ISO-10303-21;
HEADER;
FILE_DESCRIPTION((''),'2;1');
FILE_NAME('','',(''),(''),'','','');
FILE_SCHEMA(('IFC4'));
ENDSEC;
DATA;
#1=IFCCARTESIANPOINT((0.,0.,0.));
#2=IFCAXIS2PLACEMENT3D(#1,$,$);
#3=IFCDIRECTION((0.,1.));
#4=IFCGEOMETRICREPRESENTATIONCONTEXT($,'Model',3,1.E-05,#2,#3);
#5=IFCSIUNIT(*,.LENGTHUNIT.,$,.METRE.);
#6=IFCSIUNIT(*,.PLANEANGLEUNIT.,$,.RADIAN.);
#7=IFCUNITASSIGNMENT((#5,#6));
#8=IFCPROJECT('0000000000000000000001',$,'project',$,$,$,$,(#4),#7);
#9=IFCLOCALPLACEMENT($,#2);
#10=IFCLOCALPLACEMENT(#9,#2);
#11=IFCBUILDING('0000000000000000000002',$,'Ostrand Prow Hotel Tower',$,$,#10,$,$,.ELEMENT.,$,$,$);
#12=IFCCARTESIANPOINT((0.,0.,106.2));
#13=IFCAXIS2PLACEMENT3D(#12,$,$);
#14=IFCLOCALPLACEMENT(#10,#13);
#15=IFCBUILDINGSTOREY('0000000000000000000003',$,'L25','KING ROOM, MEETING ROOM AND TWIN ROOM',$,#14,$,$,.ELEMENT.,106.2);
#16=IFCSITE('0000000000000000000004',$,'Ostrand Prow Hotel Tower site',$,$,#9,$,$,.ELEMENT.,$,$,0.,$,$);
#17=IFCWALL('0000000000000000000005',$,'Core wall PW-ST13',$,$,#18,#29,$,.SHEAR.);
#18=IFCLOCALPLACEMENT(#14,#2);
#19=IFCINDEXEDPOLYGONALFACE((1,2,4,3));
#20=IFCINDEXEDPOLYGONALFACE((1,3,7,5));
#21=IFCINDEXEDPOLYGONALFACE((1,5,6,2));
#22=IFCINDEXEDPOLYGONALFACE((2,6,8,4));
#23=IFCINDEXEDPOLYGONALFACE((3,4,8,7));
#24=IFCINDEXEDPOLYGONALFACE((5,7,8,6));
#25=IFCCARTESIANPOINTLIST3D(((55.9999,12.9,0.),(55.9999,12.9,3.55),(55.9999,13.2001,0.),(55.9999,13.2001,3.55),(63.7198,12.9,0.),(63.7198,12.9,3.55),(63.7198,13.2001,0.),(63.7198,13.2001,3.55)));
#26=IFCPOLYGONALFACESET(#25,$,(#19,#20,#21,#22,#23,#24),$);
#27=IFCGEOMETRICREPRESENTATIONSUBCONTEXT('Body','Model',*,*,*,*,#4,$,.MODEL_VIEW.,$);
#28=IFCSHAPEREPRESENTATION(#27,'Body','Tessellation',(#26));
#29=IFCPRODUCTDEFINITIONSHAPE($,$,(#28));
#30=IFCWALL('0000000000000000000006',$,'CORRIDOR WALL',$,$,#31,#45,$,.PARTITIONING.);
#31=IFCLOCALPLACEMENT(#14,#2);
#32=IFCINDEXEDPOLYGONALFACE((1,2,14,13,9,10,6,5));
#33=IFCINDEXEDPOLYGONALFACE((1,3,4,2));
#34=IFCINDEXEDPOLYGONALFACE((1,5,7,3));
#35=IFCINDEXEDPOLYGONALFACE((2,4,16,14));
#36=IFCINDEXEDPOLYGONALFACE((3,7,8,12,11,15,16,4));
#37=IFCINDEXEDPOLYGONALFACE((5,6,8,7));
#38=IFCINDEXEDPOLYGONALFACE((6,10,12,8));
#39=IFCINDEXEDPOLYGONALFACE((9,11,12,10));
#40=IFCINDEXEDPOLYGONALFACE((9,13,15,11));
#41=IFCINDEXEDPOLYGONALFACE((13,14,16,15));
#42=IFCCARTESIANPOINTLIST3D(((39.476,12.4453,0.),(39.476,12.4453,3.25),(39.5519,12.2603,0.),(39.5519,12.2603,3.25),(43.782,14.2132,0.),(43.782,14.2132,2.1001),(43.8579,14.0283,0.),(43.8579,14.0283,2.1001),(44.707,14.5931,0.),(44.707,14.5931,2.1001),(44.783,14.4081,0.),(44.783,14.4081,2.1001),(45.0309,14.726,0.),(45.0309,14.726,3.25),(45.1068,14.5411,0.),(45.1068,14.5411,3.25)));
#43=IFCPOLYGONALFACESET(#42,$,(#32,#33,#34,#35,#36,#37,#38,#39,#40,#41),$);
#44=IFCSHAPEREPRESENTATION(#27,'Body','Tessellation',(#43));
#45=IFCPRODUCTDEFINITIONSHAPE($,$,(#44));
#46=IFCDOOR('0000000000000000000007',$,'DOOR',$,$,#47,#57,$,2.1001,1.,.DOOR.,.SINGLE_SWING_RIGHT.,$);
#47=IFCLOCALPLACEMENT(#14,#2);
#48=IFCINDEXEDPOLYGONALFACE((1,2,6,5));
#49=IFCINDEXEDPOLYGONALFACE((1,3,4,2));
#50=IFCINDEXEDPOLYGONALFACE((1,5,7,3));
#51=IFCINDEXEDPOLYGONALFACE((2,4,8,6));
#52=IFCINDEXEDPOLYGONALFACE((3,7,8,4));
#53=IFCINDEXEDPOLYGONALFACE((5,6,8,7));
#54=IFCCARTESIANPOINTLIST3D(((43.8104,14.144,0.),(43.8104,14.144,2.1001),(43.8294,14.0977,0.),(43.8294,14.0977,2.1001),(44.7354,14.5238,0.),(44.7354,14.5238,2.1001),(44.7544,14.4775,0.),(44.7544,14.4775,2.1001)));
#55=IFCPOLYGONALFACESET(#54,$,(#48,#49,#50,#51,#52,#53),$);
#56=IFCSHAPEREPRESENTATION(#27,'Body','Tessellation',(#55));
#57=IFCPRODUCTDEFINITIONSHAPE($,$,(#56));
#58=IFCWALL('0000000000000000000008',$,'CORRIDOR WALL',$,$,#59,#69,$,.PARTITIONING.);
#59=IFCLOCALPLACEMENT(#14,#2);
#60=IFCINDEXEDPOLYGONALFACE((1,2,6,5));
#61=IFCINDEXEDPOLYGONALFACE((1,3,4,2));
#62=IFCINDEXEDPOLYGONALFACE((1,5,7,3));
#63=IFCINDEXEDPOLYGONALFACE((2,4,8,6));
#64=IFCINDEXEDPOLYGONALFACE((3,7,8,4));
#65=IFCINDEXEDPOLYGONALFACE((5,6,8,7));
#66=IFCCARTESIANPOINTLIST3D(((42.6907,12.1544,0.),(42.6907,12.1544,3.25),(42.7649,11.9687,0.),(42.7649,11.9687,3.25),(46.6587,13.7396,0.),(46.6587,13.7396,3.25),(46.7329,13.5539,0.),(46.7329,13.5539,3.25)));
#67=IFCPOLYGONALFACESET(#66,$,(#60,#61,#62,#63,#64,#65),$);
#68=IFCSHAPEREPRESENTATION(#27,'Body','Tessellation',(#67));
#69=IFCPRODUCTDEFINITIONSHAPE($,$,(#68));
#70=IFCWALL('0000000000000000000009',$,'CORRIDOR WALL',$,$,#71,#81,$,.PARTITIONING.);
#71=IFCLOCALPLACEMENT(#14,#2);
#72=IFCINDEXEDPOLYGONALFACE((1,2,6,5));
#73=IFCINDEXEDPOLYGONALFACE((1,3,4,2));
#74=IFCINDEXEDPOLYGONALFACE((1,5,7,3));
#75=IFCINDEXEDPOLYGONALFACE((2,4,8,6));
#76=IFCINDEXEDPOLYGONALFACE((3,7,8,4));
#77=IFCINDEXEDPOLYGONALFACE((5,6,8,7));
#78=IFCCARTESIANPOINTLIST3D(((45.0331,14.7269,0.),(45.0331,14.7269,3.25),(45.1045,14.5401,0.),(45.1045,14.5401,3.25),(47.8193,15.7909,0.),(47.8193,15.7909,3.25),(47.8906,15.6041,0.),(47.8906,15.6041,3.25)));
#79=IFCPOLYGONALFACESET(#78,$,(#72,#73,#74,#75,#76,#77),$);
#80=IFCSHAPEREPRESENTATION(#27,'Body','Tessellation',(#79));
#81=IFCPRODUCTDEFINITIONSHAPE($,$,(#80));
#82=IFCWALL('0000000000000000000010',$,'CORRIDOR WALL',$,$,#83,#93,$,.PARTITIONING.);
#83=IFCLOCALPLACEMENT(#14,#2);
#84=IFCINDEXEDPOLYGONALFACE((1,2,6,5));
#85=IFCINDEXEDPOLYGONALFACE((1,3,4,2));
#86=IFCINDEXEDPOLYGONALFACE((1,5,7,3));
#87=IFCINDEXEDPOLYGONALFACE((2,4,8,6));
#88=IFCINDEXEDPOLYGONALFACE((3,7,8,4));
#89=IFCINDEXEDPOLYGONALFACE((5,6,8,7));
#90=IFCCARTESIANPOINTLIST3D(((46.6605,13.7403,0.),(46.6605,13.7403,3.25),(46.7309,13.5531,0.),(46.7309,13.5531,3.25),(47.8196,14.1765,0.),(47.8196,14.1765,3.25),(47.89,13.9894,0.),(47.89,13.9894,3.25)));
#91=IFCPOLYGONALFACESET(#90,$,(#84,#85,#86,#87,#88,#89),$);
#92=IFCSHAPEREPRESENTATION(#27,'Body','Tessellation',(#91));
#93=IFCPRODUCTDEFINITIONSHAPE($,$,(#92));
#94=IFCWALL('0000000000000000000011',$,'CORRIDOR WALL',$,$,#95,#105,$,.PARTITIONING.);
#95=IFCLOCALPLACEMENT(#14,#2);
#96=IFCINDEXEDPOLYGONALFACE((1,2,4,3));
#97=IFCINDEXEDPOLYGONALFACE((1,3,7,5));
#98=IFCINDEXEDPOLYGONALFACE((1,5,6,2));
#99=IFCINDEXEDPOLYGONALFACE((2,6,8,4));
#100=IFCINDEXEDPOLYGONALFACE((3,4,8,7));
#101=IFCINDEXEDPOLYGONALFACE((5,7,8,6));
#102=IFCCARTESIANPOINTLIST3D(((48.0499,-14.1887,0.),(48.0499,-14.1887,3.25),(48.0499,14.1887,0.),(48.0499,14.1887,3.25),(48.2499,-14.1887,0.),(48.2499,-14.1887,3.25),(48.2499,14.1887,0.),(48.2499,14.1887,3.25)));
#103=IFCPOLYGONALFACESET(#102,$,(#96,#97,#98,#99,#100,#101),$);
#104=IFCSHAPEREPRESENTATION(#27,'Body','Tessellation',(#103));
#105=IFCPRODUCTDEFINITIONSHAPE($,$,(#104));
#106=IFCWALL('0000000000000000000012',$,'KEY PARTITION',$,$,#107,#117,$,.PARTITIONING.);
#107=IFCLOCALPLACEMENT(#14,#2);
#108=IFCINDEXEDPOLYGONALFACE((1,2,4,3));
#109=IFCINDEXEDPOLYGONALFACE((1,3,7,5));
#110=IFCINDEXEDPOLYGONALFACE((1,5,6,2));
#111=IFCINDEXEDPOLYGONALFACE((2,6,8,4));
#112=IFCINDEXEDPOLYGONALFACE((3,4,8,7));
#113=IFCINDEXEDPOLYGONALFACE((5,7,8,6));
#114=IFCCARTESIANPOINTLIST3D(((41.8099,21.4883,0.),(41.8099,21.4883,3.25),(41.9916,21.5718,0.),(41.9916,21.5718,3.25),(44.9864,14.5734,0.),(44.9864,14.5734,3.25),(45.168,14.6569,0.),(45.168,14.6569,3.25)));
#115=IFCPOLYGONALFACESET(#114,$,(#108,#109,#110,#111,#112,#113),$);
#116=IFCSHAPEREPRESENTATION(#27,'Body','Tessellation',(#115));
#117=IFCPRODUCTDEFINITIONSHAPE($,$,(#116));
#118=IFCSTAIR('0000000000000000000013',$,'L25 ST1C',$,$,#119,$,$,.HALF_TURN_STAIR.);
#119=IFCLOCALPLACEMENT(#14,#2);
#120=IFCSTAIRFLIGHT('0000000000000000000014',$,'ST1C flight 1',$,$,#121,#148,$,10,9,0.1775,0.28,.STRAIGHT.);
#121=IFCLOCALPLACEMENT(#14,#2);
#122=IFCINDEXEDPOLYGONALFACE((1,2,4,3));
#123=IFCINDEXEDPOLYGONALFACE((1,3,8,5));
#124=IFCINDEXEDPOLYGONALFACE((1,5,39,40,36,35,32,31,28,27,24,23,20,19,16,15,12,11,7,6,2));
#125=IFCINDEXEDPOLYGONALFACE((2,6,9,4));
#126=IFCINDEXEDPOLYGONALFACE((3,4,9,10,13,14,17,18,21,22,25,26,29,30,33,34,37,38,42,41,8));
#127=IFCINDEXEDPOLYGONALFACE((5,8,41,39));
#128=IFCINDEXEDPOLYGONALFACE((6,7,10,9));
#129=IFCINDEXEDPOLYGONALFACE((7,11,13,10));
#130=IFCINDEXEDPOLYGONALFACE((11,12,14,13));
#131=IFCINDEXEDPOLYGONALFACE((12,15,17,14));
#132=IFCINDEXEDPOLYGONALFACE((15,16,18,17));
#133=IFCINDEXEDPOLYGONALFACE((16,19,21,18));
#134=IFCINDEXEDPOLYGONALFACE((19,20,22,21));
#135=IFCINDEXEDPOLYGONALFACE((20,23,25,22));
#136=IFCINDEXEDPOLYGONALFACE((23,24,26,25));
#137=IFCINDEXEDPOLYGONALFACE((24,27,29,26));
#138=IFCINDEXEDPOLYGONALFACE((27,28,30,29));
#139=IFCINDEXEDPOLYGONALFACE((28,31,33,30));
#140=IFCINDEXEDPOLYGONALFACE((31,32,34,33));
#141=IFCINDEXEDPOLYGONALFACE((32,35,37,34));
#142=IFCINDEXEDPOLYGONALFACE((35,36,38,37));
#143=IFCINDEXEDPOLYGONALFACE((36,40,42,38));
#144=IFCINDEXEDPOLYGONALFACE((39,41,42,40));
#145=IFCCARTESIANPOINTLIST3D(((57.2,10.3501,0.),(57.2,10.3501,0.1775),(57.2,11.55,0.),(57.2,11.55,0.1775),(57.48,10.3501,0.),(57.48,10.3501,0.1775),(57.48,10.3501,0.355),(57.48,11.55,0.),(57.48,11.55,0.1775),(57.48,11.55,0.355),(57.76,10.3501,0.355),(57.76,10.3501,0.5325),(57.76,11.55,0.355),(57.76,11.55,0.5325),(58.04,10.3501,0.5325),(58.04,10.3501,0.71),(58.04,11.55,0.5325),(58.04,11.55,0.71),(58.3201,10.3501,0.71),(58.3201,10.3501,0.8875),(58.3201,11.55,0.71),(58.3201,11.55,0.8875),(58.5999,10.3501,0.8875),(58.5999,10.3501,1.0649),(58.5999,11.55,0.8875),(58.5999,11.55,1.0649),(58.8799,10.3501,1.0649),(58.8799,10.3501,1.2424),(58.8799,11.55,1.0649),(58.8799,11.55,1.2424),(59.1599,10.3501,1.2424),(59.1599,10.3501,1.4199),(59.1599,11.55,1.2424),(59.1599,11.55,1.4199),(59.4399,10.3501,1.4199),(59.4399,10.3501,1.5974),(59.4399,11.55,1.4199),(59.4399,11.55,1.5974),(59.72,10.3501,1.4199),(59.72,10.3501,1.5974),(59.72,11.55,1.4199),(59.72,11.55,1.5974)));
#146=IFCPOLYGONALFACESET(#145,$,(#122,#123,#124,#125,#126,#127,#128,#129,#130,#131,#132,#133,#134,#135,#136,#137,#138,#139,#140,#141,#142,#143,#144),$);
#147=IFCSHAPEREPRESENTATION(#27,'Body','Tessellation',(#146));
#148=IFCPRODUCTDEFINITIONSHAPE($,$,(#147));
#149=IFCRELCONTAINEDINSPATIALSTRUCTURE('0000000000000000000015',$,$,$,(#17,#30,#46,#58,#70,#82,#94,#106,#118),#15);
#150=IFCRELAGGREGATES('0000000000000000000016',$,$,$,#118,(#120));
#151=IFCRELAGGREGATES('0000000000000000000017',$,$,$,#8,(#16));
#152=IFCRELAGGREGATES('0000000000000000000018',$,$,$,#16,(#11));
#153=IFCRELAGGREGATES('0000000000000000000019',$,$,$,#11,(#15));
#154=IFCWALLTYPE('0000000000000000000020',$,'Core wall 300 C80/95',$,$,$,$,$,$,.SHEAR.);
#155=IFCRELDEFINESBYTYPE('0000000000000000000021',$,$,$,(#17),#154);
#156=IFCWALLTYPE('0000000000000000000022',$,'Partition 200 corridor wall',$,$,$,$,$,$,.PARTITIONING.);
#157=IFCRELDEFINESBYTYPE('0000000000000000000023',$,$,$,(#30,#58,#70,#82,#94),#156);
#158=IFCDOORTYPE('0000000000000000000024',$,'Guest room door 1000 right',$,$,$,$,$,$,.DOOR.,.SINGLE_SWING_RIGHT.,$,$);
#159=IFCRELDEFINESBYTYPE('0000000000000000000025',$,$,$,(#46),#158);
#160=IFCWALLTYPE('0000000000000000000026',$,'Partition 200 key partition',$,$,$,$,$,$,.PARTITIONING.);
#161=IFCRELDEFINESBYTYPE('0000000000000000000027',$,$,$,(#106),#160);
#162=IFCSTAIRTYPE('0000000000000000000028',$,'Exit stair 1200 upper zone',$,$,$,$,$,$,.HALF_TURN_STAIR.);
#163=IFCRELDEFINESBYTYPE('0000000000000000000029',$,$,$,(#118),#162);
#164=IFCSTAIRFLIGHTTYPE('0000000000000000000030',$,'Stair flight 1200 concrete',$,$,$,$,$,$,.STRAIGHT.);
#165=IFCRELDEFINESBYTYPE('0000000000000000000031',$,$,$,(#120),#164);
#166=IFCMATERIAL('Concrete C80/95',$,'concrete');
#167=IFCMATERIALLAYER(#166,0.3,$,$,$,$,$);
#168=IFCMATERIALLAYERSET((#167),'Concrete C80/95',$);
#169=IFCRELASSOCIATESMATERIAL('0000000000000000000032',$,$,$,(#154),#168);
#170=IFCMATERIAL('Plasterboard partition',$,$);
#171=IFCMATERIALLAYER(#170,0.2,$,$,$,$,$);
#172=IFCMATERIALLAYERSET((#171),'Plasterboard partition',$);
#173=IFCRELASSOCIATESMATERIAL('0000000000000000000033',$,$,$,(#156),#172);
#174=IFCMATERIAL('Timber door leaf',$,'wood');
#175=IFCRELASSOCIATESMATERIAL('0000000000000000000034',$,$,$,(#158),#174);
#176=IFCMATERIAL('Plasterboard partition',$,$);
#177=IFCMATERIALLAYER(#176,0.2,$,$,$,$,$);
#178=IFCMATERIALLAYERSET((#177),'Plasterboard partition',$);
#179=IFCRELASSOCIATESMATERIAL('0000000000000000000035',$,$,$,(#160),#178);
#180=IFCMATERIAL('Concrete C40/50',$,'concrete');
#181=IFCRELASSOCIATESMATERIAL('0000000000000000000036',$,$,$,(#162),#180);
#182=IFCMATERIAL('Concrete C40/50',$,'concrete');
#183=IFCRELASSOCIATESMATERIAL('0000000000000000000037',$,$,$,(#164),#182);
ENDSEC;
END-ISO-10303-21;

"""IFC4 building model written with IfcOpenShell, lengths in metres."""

from ifc_helpers import new_model, si_unit, direction, frame, frame_2d, origin, place, context, subcontext, project, spatial, polyline, rectangle, outline, extrude, material, layer, layer_set, type_object, element, fill, aggregate, save


model = new_model("IFC4")

# Units and contexts
model_context = context("Model", 3, precision=1e-05, world=origin(), true_north=direction((0.0, 1.0)))
body_context = subcontext(model_context, "Body", "Model", "MODEL_VIEW")
ifc_project = project(units=[si_unit("LENGTHUNIT", "METRE"), si_unit("PLANEANGLEUNIT", "RADIAN")], contexts=[model_context])

# Site, building, storey
site_placement = place(None, origin())
site = spatial("IfcSite", under=ifc_project, at=site_placement, Name="Ostrand Prow Hotel Tower site", CompositionType="ELEMENT", RefElevation=0.0)
building_placement = place(site_placement, origin())
building = spatial("IfcBuilding", under=site, at=building_placement, Name="Ostrand Prow Hotel Tower", CompositionType="ELEMENT")
storey_placement = place(building_placement, frame((0.0, 0.0, 106.2)))
storey = spatial("IfcBuildingStorey", under=building, at=storey_placement, Name="L25", Description="KING ROOM, MEETING ROOM AND TWIN ROOM", CompositionType="ELEMENT", Elevation=106.2)

# Wall
ifc_material_1 = material(Name="Concrete C80/95", Category="concrete")
ifc_layer_1 = layer(ifc_material_1, 0.3)
ifc_layer_set_1 = layer_set([ifc_layer_1], Name="Concrete C80/95")
wall_type_1 = type_object("IfcWallType", Name="Core wall 300 C80/95", PredefinedType="SHEAR", material=ifc_layer_set_1)
wall_1_placement = place(storey_placement, frame((56.0, 13.05, 0.0), z_axis=(0.0, 0.0, 1.0), x_axis=(1.0, 0.0, 0.0)))
element("IfcWall", 1, at=wall_1_placement, inside=storey, type_object=wall_type_1, Name="Core wall PW-ST13", PredefinedType="SHEAR", context=body_context, shape_type="SweptSolid", body=[
    extrude(rectangle(XDim=7.72, YDim=0.3, at=frame_2d((3.8599, 0.0))), origin(), (0.0, 0.0, 1.0), 3.55),
])

# Wall, opening, door
ifc_material_2 = material(Name="Plasterboard partition")
ifc_layer_2 = layer(ifc_material_2, 0.2)
ifc_layer_set_2 = layer_set([ifc_layer_2], Name="Plasterboard partition")
wall_type_2 = type_object("IfcWallType", Name="Partition 200 corridor wall", PredefinedType="PARTITIONING", material=ifc_layer_set_2)
wall_2_placement = place(storey_placement, frame((45.0688, 14.6335, 0.0), z_axis=(0.0, 0.0, 1.0), x_axis=(-0.925062, -0.379815, 0.0)))
wall_2 = element("IfcWall", 2, at=wall_2_placement, inside=storey, type_object=wall_type_2, Name="CORRIDOR WALL", PredefinedType="PARTITIONING", context=body_context, shape_type="SweptSolid", body=[
    extrude(rectangle(XDim=6.0049, YDim=0.2, at=frame_2d((3.0024, 0.0))), origin(), (0.0, 0.0, 1.0), 3.25),
])
opening_placement = place(wall_2_placement, frame((0.3501, 0.0, 0.0)))
opening = element("IfcOpeningElement", 3, at=opening_placement, cuts=wall_2, PredefinedType="OPENING", context=body_context, shape_type="SweptSolid", body=[
    extrude(rectangle(XDim=1.0, YDim=2.1001, at=frame_2d((0.5, 1.05))), frame((0.0, 0.1099, 0.0), z_axis=(0.0, -1.0, 0.0), x_axis=(1.0, 0.0, 0.0)), (0.0, 0.0, 1.0), 0.22),
])
ifc_material_3 = material(Name="Timber door leaf", Category="wood")
door_type = type_object("IfcDoorType", Name="Guest room door 1000 right", OperationType="SINGLE_SWING_RIGHT", PredefinedType="DOOR", material=ifc_material_3)
door_placement = place(opening_placement, origin())
door = element("IfcDoor", 4, at=door_placement, inside=storey, type_object=door_type, Name="DOOR", OperationType="SINGLE_SWING_RIGHT", OverallHeight=2.1001, OverallWidth=1.0, PredefinedType="DOOR", context=body_context, shape_type="SweptSolid", body=[
    extrude(rectangle(XDim=1.0, YDim=2.1001, at=frame_2d((0.5, 1.05))), frame((0.0, 0.0249, 0.0), z_axis=(0.0, -1.0, 0.0), x_axis=(1.0, 0.0, 0.0)), (0.0, 0.0, 1.0), 0.05),
])
fill(opening, door)

# Walls
wall_3_placement = place(storey_placement, frame((42.7278, 12.0615, 0.0), z_axis=(0.0, 0.0, 1.0), x_axis=(0.928638, 0.370987, 0.0)))
element("IfcWall", 5, at=wall_3_placement, inside=storey, type_object=wall_type_2, Name="CORRIDOR WALL", PredefinedType="PARTITIONING", context=body_context, shape_type="SweptSolid", body=[
    extrude(rectangle(XDim=4.2729, YDim=0.2, at=frame_2d((2.1365, 0.0))), origin(), (0.0, 0.0, 1.0), 3.25),
])
wall_4_placement = place(storey_placement, frame((47.855, 15.6975, 0.0), z_axis=(0.0, 0.0, 1.0), x_axis=(-0.9342, -0.356751, 0.0)))
element("IfcWall", 6, at=wall_4_placement, inside=storey, type_object=wall_type_2, Name="CORRIDOR WALL", PredefinedType="PARTITIONING", context=body_context, shape_type="SweptSolid", body=[
    extrude(rectangle(XDim=2.9824, YDim=0.2, at=frame_2d((1.4912, 0.0))), origin(), (0.0, 0.0, 1.0), 3.25),
])
wall_5_placement = place(storey_placement, frame((46.6958, 13.6467, 0.0), z_axis=(0.0, 0.0, 1.0), x_axis=(0.935907, 0.352246, 0.0)))
element("IfcWall", 7, at=wall_5_placement, inside=storey, type_object=wall_type_2, Name="CORRIDOR WALL", PredefinedType="PARTITIONING", context=body_context, shape_type="SweptSolid", body=[
    extrude(rectangle(XDim=1.2385, YDim=0.2, at=frame_2d((0.6191, 0.0))), origin(), (0.0, 0.0, 1.0), 3.25),
])
wall_6_placement = place(storey_placement, frame((48.1499, 14.1887, 0.0), z_axis=(0.0, 0.0, 1.0), x_axis=(0.0, -1.0, 0.0)))
element("IfcWall", 8, at=wall_6_placement, inside=storey, type_object=wall_type_2, Name="CORRIDOR WALL", PredefinedType="PARTITIONING", context=body_context, shape_type="SweptSolid", body=[
    extrude(rectangle(XDim=28.3774, YDim=0.2, at=frame_2d((14.1887, 0.0))), origin(), (0.0, 0.0, 1.0), 3.25),
])
ifc_material_4 = material(Name="Plasterboard partition")
ifc_layer_3 = layer(ifc_material_4, 0.2)
ifc_layer_set_3 = layer_set([ifc_layer_3], Name="Plasterboard partition")
wall_type_3 = type_object("IfcWallType", Name="Partition 200 key partition", PredefinedType="PARTITIONING", material=ifc_layer_set_3)
wall_7_placement = place(storey_placement, frame((45.0771, 14.6152, 0.0), z_axis=(0.0, 0.0, 1.0), x_axis=(-0.417428, 0.90871, 0.0)))
element("IfcWall", 9, at=wall_7_placement, inside=storey, type_object=wall_type_3, Name="KEY PARTITION", PredefinedType="PARTITIONING", context=body_context, shape_type="SweptSolid", body=[
    extrude(rectangle(XDim=7.6096, YDim=0.2, at=frame_2d((3.8047, 0.0))), origin(), (0.0, 0.0, 1.0), 3.25),
])

# Stair, stair flight
ifc_material_5 = material(Name="Concrete C40/50", Category="concrete")
stair_type = type_object("IfcStairType", Name="Exit stair 1200 upper zone", PredefinedType="HALF_TURN_STAIR", material=ifc_material_5)
stair_placement = place(storey_placement, origin())
stair = element("IfcStair", 10, at=stair_placement, inside=storey, type_object=stair_type, Name="L25 ST1C", PredefinedType="HALF_TURN_STAIR")
ifc_material_6 = material(Name="Concrete C40/50", Category="concrete")
stair_flight_type = type_object("IfcStairFlightType", Name="Stair flight 1200 concrete", PredefinedType="STRAIGHT", material=ifc_material_6)
stair_flight_placement = place(storey_placement, frame((57.2, 10.95, 0.0), z_axis=(0.0, 0.0, 1.0), x_axis=(1.0, 0.0, 0.0)))
stair_flight = element("IfcStairFlight", 11, at=stair_flight_placement, type_object=stair_flight_type, Name="ST1C flight 1", NumberOfRisers=10, NumberOfTreads=9, PredefinedType="STRAIGHT", RiserHeight=0.1775, TreadLength=0.28, context=body_context, shape_type="SweptSolid", body=[
    extrude(outline(polyline([(0.0, 0.0), (0.0, 0.1775), (0.28, 0.1775), (0.28, 0.355), (0.5601, 0.355), (0.5601, 0.5325), (0.8401, 0.5325), (0.8401, 0.71), (1.1201, 0.71), (1.1201, 0.8875), (1.3999, 0.8875), (1.3999, 1.0649), (1.6799, 1.0649), (1.6799, 1.2424), (1.96, 1.2424), (1.96, 1.4199), (2.24, 1.4199), (2.24, 1.5974), (2.52, 1.5974), (2.52, 1.7749), (2.52, 1.4199), (0.28, 0.0), (0.0, 0.0)])), frame((0.0, 0.6001, 0.0), z_axis=(0.0, -1.0, 0.0), x_axis=(1.0, 0.0, 0.0)), (0.0, 0.0, 1.0), 1.2),
])
aggregate(stair, [stair_flight])

save(model, "model.ifc")
